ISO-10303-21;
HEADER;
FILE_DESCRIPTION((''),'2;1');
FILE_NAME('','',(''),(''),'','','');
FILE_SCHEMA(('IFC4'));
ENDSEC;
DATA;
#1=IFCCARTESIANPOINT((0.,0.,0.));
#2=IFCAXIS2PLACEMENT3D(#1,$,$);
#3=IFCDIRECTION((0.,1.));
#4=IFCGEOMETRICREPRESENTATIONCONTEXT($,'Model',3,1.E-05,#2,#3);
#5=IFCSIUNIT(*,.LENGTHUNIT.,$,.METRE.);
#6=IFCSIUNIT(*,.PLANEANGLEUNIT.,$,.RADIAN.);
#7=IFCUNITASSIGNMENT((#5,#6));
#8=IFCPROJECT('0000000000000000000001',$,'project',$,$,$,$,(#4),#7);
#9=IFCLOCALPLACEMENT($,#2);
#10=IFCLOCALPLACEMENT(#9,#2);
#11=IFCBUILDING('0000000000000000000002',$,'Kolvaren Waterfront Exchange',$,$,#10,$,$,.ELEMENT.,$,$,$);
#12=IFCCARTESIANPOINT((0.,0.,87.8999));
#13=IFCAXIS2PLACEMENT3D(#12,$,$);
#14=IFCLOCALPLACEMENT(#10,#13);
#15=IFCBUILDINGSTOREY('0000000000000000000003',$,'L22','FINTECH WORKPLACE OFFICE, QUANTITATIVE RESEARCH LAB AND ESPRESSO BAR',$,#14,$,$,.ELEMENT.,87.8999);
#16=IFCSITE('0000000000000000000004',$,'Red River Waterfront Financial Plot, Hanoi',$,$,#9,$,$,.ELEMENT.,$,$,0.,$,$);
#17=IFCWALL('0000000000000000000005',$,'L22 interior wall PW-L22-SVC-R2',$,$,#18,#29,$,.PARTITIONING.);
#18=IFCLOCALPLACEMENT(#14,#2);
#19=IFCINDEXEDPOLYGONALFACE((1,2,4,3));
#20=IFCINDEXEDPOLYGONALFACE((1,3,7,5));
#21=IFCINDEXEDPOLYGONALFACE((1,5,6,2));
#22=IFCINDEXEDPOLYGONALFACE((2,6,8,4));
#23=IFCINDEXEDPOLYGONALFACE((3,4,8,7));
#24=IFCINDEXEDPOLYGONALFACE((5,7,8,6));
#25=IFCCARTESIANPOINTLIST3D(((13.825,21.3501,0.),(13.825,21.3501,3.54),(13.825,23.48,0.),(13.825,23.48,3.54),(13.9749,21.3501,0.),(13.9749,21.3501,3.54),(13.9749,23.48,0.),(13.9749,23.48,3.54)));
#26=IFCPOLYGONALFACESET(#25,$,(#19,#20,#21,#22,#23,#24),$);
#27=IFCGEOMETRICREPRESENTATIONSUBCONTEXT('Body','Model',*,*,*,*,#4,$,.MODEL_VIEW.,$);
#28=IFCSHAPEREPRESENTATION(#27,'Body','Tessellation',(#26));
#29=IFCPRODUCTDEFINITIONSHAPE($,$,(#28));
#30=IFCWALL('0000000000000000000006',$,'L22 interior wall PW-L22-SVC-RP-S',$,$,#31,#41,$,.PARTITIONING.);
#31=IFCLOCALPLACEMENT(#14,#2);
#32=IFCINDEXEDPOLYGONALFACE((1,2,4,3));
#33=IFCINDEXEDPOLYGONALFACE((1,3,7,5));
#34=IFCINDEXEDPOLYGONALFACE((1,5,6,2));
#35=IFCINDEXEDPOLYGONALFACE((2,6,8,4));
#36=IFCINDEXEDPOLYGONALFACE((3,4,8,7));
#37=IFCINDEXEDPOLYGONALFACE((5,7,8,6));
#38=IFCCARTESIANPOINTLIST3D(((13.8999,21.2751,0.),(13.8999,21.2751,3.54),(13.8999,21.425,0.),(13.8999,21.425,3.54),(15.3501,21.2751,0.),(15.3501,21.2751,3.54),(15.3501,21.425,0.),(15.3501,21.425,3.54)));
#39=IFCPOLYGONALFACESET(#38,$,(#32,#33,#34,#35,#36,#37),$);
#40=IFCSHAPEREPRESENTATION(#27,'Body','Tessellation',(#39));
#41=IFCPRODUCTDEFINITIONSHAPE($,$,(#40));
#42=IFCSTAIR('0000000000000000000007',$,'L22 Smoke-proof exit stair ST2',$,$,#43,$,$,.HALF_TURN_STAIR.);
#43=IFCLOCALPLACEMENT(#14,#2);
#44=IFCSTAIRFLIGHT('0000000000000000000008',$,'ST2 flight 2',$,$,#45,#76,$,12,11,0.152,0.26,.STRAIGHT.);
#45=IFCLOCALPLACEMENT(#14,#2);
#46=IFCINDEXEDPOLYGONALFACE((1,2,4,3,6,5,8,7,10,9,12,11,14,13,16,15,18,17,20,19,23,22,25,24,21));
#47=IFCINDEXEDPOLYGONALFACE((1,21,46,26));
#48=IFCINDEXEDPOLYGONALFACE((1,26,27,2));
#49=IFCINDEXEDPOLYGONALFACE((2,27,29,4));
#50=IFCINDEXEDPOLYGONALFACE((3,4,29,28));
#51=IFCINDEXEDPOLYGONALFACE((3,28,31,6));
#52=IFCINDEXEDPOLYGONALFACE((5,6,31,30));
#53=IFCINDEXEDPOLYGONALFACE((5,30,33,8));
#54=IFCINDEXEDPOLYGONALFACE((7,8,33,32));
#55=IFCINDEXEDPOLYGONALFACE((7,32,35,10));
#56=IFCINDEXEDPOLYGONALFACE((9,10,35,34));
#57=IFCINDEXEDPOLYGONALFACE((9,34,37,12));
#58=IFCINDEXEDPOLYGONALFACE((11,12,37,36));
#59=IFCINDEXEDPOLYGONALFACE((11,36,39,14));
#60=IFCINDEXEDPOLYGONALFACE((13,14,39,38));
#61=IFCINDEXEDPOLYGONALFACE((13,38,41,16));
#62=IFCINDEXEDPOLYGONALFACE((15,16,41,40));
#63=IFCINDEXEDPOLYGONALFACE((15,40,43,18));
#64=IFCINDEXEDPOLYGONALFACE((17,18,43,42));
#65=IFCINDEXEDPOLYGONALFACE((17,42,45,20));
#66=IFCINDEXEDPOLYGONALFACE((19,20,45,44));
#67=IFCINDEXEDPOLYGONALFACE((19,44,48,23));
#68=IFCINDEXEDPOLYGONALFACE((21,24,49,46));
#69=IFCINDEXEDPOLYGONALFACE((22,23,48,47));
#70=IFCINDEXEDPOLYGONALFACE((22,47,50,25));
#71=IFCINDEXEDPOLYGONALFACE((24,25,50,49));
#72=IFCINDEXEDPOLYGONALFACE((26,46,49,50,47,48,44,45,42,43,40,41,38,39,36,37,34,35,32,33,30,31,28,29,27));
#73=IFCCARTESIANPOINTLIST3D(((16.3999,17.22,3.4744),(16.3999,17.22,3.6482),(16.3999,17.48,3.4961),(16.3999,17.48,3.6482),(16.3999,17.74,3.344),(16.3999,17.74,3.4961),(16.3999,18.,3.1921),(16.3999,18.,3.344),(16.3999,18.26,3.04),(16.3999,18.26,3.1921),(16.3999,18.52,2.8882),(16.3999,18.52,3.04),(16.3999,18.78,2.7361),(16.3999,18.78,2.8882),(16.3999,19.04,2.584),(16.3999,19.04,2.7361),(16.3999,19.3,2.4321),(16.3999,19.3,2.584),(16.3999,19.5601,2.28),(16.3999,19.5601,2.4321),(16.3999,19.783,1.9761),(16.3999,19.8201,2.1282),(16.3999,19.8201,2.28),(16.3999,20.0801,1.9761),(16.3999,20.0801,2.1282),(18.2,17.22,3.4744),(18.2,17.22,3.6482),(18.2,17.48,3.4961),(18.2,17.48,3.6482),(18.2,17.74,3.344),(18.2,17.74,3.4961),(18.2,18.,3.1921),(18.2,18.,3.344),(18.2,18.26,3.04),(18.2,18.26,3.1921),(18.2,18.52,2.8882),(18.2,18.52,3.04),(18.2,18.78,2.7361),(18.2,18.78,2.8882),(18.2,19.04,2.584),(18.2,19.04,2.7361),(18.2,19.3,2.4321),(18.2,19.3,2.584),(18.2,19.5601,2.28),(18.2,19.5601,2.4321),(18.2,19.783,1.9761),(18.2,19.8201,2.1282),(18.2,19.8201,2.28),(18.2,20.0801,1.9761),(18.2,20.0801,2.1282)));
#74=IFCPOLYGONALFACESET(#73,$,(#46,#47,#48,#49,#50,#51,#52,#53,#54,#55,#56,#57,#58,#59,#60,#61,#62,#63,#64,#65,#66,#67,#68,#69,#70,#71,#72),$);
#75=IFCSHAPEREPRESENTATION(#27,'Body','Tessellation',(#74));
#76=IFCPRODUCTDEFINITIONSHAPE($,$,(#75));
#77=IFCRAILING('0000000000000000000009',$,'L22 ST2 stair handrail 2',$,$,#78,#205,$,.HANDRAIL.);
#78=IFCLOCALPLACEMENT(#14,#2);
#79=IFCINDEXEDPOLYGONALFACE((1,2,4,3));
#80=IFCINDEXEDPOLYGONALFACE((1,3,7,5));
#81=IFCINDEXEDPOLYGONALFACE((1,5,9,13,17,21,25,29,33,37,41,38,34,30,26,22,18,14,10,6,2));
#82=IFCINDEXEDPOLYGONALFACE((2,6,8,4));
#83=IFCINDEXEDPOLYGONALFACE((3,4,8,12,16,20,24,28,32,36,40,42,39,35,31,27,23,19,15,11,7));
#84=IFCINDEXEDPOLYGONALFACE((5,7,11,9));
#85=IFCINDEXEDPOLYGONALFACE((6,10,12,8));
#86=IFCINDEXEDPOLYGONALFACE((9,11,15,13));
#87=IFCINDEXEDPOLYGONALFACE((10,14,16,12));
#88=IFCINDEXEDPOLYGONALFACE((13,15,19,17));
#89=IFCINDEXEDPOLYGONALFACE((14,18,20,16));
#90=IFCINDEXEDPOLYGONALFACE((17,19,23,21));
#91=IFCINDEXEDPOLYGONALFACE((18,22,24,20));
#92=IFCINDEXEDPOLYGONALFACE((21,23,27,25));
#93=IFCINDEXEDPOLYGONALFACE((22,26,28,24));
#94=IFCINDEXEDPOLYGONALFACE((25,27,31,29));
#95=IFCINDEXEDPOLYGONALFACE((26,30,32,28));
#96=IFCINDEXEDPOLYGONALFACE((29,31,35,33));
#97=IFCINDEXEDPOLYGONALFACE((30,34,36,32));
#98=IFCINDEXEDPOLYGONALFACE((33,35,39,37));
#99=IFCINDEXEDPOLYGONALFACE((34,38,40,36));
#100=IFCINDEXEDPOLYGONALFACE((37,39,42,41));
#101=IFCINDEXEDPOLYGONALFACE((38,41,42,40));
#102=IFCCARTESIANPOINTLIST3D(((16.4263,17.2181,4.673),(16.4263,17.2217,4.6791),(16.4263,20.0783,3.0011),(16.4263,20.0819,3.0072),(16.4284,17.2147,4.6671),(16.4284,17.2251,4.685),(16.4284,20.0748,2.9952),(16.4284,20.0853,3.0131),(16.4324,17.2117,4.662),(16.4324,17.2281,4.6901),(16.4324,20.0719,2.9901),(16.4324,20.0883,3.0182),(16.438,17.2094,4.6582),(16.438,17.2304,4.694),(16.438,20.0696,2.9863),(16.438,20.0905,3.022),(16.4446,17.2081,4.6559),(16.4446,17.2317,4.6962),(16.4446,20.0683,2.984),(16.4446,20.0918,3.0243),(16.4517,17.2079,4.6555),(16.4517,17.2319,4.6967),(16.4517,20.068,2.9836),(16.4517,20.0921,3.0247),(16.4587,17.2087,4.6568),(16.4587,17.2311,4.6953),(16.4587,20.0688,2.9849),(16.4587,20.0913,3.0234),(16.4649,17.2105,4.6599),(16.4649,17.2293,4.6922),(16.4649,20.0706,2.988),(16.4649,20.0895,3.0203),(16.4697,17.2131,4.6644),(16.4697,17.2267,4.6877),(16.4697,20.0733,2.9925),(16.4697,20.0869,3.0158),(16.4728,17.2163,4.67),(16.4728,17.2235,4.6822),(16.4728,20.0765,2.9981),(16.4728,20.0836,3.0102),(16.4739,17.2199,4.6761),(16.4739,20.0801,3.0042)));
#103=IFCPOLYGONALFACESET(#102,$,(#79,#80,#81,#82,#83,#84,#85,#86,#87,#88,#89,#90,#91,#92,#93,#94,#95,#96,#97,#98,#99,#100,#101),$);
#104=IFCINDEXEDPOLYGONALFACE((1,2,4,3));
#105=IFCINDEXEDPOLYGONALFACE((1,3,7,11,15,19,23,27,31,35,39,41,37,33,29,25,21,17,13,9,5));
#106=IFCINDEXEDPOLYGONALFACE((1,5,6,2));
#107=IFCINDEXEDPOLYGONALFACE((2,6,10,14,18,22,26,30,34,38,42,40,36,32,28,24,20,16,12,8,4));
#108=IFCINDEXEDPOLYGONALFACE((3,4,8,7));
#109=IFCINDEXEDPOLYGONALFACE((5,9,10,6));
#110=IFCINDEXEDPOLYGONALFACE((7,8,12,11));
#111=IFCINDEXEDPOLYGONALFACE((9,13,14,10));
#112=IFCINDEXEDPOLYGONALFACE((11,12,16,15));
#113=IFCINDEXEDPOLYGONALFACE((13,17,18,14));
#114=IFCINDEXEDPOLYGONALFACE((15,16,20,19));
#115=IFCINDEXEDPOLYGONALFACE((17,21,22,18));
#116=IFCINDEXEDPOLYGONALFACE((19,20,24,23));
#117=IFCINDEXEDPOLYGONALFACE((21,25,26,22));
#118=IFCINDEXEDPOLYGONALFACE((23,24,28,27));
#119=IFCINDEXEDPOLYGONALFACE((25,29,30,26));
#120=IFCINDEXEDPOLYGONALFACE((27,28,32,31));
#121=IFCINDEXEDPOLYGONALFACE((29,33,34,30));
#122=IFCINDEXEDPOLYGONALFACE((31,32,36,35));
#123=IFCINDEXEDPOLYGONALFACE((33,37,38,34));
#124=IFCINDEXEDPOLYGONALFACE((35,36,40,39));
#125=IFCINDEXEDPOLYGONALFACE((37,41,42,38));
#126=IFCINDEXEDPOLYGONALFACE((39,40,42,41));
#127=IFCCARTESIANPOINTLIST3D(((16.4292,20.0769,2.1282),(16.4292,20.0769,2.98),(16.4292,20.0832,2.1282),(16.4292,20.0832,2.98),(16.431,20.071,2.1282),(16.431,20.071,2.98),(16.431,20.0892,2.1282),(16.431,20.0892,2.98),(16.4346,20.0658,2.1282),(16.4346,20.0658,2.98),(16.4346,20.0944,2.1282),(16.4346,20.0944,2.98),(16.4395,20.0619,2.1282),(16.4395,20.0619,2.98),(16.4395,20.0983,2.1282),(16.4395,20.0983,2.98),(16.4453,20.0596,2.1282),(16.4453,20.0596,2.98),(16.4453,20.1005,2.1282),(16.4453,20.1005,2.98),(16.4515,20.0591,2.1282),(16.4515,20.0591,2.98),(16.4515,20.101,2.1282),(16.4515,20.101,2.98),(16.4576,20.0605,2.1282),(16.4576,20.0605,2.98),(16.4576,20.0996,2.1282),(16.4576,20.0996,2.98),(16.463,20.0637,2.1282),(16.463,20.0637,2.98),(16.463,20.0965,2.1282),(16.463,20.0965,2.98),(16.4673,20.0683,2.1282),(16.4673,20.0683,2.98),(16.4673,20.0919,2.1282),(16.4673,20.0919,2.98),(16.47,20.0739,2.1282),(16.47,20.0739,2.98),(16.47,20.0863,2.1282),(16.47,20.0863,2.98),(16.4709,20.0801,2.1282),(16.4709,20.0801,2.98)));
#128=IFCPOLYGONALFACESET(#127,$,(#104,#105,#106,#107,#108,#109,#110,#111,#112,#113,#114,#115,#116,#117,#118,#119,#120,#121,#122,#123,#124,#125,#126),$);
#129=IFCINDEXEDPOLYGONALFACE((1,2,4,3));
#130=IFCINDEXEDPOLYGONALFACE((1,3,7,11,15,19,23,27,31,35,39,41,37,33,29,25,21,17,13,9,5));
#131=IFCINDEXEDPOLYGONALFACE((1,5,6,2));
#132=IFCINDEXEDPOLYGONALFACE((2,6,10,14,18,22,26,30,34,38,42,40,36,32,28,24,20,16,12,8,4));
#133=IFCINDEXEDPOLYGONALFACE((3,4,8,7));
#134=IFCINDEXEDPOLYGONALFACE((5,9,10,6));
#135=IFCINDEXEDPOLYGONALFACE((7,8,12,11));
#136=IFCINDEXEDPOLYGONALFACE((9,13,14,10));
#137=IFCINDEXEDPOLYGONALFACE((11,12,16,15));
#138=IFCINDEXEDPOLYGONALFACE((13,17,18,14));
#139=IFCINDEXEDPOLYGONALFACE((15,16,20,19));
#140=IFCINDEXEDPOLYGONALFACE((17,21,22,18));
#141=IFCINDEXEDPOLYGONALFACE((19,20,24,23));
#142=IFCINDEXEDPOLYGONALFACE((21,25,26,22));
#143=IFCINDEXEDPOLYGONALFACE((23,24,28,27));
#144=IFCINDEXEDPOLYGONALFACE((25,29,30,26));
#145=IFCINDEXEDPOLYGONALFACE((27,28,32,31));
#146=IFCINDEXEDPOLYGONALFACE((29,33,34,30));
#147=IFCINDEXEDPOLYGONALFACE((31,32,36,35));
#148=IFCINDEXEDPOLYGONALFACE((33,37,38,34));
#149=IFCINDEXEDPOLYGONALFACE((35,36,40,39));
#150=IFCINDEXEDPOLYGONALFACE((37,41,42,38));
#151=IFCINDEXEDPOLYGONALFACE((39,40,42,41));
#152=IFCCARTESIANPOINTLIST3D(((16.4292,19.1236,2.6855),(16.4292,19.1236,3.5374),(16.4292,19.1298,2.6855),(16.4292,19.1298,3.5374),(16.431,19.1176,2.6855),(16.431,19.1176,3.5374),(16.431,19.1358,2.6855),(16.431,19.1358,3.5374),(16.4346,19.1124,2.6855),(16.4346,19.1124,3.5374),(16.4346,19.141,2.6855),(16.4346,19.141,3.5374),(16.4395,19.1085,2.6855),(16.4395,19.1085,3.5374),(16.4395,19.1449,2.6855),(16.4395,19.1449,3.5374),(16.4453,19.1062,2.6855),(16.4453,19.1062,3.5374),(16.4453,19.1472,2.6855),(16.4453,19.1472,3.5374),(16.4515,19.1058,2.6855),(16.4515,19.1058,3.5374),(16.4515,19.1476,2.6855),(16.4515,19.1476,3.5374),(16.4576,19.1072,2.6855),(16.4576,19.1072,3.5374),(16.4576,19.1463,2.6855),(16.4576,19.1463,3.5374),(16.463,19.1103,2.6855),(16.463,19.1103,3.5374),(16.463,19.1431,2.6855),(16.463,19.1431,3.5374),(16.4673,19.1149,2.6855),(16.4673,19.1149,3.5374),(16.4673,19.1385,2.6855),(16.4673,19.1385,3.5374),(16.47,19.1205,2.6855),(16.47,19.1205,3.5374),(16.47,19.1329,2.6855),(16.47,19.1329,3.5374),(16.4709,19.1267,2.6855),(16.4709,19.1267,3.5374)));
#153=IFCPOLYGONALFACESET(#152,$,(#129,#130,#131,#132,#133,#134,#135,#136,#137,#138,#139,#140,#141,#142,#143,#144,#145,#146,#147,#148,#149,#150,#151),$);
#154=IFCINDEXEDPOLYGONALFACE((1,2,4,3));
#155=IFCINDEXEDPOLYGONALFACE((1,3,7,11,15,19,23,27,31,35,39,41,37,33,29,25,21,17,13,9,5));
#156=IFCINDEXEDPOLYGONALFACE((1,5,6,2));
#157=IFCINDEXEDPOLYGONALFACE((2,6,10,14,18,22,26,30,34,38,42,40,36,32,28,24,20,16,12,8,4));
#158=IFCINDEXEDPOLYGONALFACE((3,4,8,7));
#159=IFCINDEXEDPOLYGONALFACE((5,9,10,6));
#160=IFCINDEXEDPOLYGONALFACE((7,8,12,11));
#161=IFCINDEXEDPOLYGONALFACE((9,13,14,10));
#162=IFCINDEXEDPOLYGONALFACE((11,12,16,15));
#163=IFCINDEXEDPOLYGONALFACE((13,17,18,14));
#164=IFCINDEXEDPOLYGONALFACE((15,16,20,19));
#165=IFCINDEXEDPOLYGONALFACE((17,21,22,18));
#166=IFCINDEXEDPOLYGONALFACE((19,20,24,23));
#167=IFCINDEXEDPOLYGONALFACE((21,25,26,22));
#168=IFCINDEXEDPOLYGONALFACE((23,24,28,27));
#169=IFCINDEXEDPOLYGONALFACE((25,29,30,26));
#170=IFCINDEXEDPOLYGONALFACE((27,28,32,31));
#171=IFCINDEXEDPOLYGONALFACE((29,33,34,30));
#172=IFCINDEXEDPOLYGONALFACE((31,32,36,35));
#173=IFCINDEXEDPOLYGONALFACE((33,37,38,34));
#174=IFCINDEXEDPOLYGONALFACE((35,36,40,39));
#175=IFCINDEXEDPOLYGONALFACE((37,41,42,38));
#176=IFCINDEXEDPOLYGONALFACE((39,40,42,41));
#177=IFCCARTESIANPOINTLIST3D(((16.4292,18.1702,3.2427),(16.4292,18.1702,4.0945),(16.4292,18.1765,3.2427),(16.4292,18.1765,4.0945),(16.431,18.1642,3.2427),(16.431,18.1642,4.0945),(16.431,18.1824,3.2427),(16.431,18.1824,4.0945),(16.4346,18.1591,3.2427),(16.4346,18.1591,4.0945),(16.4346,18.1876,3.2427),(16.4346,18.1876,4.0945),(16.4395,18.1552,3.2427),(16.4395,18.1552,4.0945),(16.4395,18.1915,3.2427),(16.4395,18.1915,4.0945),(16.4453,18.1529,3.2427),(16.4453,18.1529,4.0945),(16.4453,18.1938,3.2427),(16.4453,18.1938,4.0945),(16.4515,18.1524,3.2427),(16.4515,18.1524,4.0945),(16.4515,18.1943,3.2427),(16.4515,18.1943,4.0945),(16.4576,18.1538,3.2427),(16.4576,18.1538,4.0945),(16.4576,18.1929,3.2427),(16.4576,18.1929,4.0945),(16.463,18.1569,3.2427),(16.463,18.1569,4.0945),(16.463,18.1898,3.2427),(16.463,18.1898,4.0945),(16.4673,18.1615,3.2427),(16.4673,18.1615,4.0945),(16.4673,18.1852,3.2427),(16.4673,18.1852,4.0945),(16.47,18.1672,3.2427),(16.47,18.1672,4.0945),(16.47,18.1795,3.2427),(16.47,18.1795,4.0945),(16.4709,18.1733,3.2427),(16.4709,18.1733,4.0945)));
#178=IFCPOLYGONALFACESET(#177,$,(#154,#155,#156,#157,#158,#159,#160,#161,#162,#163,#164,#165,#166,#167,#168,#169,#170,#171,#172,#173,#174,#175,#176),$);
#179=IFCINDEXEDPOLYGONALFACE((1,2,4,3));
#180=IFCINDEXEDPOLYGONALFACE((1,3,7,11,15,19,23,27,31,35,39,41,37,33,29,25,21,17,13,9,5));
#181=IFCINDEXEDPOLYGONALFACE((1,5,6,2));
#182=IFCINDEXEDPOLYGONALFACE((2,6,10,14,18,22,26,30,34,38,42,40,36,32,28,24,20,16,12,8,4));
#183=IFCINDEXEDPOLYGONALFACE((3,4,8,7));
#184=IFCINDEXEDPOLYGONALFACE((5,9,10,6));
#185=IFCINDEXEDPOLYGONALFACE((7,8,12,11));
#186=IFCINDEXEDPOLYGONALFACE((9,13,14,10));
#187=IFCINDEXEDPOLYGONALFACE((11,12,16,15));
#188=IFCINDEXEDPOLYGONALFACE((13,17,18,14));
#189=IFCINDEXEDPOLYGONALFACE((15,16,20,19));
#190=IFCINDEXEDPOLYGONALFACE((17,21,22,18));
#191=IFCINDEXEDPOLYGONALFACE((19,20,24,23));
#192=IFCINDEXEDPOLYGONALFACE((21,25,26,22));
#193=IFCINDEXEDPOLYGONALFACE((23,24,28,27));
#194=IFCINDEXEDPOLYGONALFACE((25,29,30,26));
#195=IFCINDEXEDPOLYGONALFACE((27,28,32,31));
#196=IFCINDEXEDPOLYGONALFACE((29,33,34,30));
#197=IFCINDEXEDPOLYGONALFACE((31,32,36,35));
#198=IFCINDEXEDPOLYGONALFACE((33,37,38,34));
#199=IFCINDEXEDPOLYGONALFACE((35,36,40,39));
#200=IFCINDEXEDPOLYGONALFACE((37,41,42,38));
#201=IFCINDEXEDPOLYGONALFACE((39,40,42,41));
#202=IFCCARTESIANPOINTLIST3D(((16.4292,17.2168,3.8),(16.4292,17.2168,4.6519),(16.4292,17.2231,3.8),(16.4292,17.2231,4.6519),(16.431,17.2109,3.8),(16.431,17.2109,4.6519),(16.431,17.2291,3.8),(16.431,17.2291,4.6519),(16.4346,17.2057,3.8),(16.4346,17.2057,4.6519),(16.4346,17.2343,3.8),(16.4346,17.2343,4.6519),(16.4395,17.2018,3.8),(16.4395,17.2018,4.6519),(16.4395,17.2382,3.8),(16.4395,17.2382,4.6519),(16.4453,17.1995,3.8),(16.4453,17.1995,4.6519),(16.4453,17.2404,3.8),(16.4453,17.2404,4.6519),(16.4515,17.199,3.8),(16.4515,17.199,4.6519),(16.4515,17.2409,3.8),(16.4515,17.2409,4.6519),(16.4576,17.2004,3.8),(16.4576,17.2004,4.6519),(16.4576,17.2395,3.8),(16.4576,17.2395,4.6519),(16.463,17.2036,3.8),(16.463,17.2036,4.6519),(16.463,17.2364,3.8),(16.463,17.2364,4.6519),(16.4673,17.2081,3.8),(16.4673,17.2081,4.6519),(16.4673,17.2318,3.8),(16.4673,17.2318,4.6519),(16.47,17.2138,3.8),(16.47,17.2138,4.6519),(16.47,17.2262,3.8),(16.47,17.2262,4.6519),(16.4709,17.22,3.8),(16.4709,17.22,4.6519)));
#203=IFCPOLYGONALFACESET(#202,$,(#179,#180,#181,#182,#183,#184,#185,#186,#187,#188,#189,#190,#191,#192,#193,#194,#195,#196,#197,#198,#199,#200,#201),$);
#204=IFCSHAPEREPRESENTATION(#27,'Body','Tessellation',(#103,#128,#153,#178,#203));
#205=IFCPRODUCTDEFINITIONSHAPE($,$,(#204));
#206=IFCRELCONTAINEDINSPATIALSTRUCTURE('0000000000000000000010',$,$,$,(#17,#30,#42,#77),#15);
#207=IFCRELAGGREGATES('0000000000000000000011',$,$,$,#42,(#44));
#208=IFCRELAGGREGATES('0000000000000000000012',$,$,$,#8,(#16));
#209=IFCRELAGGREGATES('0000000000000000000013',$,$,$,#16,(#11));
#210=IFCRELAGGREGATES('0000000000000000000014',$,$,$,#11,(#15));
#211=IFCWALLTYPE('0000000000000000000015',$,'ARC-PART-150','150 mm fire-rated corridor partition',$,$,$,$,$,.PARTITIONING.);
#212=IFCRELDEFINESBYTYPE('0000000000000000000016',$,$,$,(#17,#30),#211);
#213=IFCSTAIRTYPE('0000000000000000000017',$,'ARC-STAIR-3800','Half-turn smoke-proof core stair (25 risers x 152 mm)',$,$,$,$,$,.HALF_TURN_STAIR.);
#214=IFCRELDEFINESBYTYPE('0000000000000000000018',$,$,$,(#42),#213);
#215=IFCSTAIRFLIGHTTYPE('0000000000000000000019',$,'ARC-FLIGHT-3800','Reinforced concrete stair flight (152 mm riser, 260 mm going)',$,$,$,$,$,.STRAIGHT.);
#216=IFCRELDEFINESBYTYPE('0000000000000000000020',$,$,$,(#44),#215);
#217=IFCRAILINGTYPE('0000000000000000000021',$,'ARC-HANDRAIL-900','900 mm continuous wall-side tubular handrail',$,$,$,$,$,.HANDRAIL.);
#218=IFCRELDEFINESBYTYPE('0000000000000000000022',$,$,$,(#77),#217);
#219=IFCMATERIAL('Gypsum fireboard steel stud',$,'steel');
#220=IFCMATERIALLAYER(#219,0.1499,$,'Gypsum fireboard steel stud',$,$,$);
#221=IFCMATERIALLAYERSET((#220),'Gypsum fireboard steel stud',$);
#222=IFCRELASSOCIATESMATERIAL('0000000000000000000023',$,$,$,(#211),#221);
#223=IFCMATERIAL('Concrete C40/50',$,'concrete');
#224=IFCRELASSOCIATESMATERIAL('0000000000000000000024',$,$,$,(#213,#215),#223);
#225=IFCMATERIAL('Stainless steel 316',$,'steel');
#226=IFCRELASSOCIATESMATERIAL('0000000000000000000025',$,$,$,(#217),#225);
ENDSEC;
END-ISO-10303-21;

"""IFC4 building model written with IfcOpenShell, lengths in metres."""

from ifc_helpers import new_model, si_unit, direction, frame, frame_2d, origin, origin_2d, place, context, subcontext, project, spatial, polyline, rectangle, circle, outline, extrude, material, layer, layer_set, type_object, element, aggregate, save


model = new_model("IFC4")

# Units and contexts
model_context = context("Model", 3, precision=1e-05, world=origin(), true_north=direction((0.0, 1.0)))
body_context = subcontext(model_context, "Body", "Model", "MODEL_VIEW")
ifc_project = project(units=[si_unit("LENGTHUNIT", "METRE"), si_unit("PLANEANGLEUNIT", "RADIAN")], contexts=[model_context])

# Site, building, storey
site_placement = place(None, origin())
site = spatial("IfcSite", under=ifc_project, at=site_placement, Name="Red River Waterfront Financial Plot, Hanoi", CompositionType="ELEMENT", RefElevation=0.0)
building_placement = place(site_placement, origin())
building = spatial("IfcBuilding", under=site, at=building_placement, Name="Kolvaren Waterfront Exchange", CompositionType="ELEMENT")
storey_placement = place(building_placement, frame((0.0, 0.0, 87.8999)))
storey = spatial("IfcBuildingStorey", under=building, at=storey_placement, Name="L22", Description="FINTECH WORKPLACE OFFICE, QUANTITATIVE RESEARCH LAB AND ESPRESSO BAR", CompositionType="ELEMENT", Elevation=87.8999)

# Wall
ifc_material_1 = material(Name="Gypsum fireboard steel stud", Category="steel")
ifc_layer_1 = layer(ifc_material_1, 0.1499, Name="Gypsum fireboard steel stud")
ifc_layer_set_1 = layer_set([ifc_layer_1], Name="Gypsum fireboard steel stud")
wall_type_1 = type_object("IfcWallType", Name="ARC-PART-150", Description="150 mm fire-rated corridor partition", PredefinedType="PARTITIONING", material=ifc_layer_set_1)
for number, where, z_axis, x_axis, name in (
    (1, (13.8999, 21.3501, 0.0), (0.0, 0.0, 1.0), (0.0, 1.0, 0.0), "L22 interior wall PW-L22-SVC-R2"),
):
    element("IfcWall", number, at=place(storey_placement, frame(where, z_axis=z_axis, x_axis=x_axis)), inside=storey, type_object=wall_type_1, Name=name, PredefinedType="PARTITIONING", context=body_context, shape_type="SweptSolid", body=[
        extrude(rectangle(XDim=2.1299, YDim=0.1499, at=frame_2d((1.0649, 0.0))), origin(), (0.0, 0.0, 1.0), 3.54),
    ])

# Wall
wall_1_placement = place(storey_placement, frame((13.8999, 21.3501, 0.0), z_axis=(0.0, 0.0, 1.0), x_axis=(1.0, 0.0, 0.0)))
element("IfcWall", 2, at=wall_1_placement, inside=storey, type_object=wall_type_1, Name="L22 interior wall PW-L22-SVC-RP-S", PredefinedType="PARTITIONING", context=body_context, shape_type="SweptSolid", body=[
    extrude(rectangle(XDim=1.4502, YDim=0.1499, at=frame_2d((0.7251, 0.0))), origin(), (0.0, 0.0, 1.0), 3.54),
])

# Stair, stair flight
ifc_material_2 = material(Name="Concrete C40/50", Category="concrete")
stair_type = type_object("IfcStairType", Name="ARC-STAIR-3800", Description="Half-turn smoke-proof core stair (25 risers x 152 mm)", PredefinedType="HALF_TURN_STAIR", material=ifc_material_2)
stair_placement = place(storey_placement, origin())
stair = element("IfcStair", 3, at=stair_placement, inside=storey, type_object=stair_type, Name="L22 Smoke-proof exit stair ST2", PredefinedType="HALF_TURN_STAIR")
stair_flight_type = type_object("IfcStairFlightType", Name="ARC-FLIGHT-3800", Description="Reinforced concrete stair flight (152 mm riser, 260 mm going)", PredefinedType="STRAIGHT", material=ifc_material_2)
stair_flight_placement = place(storey_placement, frame((17.3, 20.0801, 1.9761), z_axis=(0.0, 0.0, 1.0), x_axis=(0.0, -1.0, 0.0)))
stair_flight = element("IfcStairFlight", 4, at=stair_flight_placement, type_object=stair_flight_type, Name="ST2 flight 2", NumberOfRisers=12, NumberOfTreads=11, PredefinedType="STRAIGHT", RiserHeight=0.152, TreadLength=0.26, context=body_context, shape_type="SweptSolid", body=[
    extrude(outline(polyline([(0.0, 0.0), (0.0, 0.1521), (0.26, 0.1521), (0.26, 0.304), (0.52, 0.304), (0.52, 0.4561), (0.78, 0.4561), (0.78, 0.6079), (1.04, 0.6079), (1.04, 0.76), (1.3, 0.76), (1.3, 0.9121), (1.5601, 0.9121), (1.5601, 1.064), (1.8201, 1.064), (1.8201, 1.2161), (2.0801, 1.2161), (2.0801, 1.3679), (2.3401, 1.3679), (2.3401, 1.52), (2.6001, 1.52), (2.6001, 1.6721), (2.8601, 1.6721), (2.8601, 1.824), (2.8601, 1.4983), (0.2971, 0.0), (0.0, 0.0)])), frame((0.0, 0.8999, 0.0), z_axis=(0.0, -1.0, 0.0), x_axis=(1.0, 0.0, 0.0)), (0.0, 0.0, 1.0), 1.8),
])
aggregate(stair, [stair_flight])

# Railing
ifc_material_3 = material(Name="Stainless steel 316", Category="steel")
railing_type = type_object("IfcRailingType", Name="ARC-HANDRAIL-900", Description="900 mm continuous wall-side tubular handrail", PredefinedType="HANDRAIL", material=ifc_material_3)
railing_placement = place(storey_placement, frame((16.45, 20.0801, 2.1282)))
element("IfcRailing", 5, at=railing_placement, inside=storey, type_object=railing_type, Name="L22 ST2 stair handrail 2", PredefinedType="HANDRAIL", context=body_context, shape_type="SweptSolid", body=[
    extrude(circle(Radius=0.0239, at=origin_2d()), frame((0.0, 0.0, 0.876), z_axis=(0.0, -0.863321, 0.504654), x_axis=(1.0, 0.0, 0.0)), (0.0, 0.0, 1.0), 3.313),
    extrude(circle(Radius=0.021, at=origin_2d()), origin(), (0.0, 0.0, 1.0), 0.8518),
    extrude(circle(Radius=0.021, at=origin_2d()), frame((0.0, -0.9534, 0.5574)), (0.0, 0.0, 1.0), 0.8518),
    extrude(circle(Radius=0.021, at=origin_2d()), frame((0.0, -1.9067, 1.1145)), (0.0, 0.0, 1.0), 0.8518),
    extrude(circle(Radius=0.021, at=origin_2d()), frame((0.0, -2.8601, 1.6719)), (0.0, 0.0, 1.0), 0.8518),
])

save(model, "model.ifc")
